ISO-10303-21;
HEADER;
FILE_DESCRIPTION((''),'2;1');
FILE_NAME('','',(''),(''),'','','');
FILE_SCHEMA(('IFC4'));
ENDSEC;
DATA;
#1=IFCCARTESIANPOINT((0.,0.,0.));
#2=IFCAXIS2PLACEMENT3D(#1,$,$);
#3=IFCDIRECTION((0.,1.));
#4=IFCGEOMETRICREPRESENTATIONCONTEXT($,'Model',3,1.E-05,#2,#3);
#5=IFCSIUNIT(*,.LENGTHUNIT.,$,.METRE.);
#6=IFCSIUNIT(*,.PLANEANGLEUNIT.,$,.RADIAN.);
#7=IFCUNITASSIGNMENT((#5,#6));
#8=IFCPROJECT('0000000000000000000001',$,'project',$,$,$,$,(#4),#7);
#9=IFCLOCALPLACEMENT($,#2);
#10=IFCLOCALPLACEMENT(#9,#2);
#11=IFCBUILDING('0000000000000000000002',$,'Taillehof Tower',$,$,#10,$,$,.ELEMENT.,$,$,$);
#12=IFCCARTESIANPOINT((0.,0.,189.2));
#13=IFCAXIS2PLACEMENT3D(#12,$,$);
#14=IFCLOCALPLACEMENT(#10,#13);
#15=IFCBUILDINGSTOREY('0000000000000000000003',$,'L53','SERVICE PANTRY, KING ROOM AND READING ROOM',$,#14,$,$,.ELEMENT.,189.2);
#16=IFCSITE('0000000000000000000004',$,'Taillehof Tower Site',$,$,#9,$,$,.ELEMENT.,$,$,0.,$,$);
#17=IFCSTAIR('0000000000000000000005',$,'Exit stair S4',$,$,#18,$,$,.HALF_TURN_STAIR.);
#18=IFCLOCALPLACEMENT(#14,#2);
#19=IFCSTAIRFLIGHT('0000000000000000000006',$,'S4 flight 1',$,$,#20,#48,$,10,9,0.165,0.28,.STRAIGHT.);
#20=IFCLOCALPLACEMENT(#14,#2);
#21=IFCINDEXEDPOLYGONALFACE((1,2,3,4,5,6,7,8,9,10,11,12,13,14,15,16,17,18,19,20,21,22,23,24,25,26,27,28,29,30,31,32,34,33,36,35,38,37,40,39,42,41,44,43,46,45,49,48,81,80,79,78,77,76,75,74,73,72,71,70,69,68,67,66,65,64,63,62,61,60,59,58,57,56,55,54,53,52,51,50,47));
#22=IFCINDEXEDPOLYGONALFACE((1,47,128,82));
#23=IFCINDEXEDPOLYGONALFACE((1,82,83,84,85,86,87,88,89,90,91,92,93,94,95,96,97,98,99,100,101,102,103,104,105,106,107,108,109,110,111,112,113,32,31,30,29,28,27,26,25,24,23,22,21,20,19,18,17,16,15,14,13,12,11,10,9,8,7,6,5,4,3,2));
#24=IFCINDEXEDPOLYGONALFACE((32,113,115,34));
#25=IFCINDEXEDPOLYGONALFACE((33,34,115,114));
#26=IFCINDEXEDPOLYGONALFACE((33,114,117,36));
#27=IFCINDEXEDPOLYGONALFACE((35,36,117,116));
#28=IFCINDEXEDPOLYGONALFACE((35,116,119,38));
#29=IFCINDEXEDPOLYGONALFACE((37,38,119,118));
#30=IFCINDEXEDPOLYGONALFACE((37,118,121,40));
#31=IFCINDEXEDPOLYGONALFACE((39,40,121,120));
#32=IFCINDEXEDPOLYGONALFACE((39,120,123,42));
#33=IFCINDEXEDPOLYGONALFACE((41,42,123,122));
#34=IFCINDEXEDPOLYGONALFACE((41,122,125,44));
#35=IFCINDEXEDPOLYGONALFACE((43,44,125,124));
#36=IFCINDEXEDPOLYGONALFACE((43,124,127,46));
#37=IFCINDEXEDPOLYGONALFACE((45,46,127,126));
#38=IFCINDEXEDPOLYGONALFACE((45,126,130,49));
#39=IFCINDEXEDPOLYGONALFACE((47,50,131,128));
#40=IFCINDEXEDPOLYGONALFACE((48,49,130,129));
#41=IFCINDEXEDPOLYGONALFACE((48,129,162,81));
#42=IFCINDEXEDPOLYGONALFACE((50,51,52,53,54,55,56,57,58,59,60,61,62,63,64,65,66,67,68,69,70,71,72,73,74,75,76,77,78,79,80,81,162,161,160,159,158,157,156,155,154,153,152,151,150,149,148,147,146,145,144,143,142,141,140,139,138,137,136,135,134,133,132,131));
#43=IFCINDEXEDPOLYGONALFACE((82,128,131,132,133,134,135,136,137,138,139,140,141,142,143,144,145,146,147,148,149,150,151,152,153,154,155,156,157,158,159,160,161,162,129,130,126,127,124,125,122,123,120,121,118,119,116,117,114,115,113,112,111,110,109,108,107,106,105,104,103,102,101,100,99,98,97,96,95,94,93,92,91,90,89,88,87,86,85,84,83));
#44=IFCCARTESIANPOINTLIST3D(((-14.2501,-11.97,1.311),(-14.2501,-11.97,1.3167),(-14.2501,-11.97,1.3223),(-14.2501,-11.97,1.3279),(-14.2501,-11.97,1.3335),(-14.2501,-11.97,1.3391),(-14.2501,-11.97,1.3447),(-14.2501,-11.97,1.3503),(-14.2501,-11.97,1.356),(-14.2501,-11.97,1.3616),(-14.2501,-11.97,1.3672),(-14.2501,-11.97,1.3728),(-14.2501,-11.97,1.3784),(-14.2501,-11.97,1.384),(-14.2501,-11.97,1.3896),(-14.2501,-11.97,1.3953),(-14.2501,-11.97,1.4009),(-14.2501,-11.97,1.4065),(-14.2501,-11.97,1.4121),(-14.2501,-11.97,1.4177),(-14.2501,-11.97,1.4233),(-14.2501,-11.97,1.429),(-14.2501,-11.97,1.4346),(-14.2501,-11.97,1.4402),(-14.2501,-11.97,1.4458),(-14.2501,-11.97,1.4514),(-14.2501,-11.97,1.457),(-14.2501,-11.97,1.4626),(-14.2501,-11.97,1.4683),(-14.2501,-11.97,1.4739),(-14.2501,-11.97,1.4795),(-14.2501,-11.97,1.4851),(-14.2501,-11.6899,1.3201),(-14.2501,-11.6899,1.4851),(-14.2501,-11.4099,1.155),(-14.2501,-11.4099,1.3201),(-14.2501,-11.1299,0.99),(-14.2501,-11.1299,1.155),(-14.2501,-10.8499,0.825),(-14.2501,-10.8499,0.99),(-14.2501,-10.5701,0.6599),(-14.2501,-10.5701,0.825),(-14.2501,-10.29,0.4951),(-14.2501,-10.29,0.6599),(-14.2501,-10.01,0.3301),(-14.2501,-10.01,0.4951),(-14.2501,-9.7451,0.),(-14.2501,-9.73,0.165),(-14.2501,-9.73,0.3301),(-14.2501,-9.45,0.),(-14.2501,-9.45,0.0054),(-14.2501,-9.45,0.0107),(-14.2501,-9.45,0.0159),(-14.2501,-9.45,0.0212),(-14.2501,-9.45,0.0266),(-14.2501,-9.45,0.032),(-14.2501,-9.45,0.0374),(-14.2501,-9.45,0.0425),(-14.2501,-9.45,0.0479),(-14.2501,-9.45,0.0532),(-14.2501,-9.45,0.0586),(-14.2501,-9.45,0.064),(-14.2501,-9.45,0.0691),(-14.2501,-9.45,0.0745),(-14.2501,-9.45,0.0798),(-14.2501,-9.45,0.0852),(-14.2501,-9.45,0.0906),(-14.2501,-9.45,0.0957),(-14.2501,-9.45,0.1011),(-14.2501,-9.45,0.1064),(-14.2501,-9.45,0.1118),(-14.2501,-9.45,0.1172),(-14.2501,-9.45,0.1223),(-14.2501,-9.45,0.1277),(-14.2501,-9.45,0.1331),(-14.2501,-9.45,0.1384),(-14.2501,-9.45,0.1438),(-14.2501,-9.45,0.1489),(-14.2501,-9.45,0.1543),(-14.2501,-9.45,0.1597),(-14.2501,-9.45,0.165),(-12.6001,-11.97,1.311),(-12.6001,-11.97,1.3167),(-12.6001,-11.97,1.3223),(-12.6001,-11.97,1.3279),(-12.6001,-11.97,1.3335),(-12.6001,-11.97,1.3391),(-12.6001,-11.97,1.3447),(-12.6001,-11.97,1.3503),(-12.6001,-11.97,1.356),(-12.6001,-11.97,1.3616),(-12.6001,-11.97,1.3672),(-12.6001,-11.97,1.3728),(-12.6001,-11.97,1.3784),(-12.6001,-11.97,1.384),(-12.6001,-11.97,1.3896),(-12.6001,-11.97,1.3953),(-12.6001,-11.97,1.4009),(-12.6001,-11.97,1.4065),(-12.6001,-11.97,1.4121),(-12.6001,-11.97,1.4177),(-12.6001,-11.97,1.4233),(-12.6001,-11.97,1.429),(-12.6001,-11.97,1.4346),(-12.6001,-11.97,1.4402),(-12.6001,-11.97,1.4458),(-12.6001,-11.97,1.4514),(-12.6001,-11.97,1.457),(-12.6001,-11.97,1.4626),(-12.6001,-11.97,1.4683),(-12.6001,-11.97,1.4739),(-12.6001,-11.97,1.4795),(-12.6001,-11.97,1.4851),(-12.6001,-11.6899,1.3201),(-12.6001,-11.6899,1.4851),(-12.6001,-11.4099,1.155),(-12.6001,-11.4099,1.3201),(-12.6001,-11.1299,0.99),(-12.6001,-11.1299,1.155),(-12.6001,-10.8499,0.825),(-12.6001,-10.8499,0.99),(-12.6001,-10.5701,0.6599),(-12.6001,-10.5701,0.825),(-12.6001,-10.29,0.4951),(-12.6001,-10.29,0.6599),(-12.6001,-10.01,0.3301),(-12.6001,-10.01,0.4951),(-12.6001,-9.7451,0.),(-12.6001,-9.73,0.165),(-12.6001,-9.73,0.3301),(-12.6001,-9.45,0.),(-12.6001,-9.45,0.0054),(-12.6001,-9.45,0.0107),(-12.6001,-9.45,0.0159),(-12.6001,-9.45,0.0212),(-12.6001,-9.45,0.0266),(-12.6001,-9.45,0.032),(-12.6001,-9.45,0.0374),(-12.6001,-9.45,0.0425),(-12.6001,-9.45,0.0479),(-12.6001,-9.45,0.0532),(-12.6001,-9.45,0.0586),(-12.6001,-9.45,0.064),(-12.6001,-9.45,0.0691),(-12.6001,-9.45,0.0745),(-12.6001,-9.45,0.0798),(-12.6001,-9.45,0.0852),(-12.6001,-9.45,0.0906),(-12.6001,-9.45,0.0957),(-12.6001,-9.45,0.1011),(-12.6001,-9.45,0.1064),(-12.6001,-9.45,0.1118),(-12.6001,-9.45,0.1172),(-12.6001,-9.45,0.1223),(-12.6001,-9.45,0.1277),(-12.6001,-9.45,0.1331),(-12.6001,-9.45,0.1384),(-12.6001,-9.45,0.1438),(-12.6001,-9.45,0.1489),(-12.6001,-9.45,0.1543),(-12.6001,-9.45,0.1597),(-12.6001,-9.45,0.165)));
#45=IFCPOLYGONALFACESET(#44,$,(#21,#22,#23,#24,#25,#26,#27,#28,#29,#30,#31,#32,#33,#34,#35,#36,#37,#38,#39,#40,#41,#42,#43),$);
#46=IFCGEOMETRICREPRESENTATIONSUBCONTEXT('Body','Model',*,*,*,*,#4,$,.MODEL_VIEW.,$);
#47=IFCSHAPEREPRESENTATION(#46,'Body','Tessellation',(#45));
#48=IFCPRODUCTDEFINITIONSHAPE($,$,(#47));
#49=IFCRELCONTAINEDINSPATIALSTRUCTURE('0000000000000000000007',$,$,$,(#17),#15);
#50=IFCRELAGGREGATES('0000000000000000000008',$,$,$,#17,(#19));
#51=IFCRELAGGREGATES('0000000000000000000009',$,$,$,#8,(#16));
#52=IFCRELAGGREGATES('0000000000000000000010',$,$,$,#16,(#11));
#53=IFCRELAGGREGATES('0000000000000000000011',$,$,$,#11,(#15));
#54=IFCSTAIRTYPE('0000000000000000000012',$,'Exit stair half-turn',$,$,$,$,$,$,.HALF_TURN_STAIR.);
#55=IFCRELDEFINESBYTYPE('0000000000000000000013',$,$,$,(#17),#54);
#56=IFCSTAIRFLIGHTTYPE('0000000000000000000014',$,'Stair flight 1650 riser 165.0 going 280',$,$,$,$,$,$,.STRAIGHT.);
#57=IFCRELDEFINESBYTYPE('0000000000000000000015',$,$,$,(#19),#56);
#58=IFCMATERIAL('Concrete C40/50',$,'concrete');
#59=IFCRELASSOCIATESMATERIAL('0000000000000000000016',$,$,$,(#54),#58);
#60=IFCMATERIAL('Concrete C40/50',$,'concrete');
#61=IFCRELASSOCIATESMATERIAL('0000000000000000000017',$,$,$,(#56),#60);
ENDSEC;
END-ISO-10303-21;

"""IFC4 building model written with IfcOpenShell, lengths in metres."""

from ifc_helpers import new_model, si_unit, direction, frame, origin, place, context, subcontext, project, spatial, polyline, outline, extrude, material, type_object, element, aggregate, save


model = new_model("IFC4")

# Units and contexts
model_context = context("Model", 3, precision=1e-05, world=origin(), true_north=direction((0.0, 1.0)))
body_context = subcontext(model_context, "Body", "Model", "MODEL_VIEW")
ifc_project = project(units=[si_unit("LENGTHUNIT", "METRE"), si_unit("PLANEANGLEUNIT", "RADIAN")], contexts=[model_context])

# Site, building, storey
site_placement = place(None, origin())
site = spatial("IfcSite", under=ifc_project, at=site_placement, Name="Taillehof Tower Site", CompositionType="ELEMENT", RefElevation=0.0)
building_placement = place(site_placement, origin())
building = spatial("IfcBuilding", under=site, at=building_placement, Name="Taillehof Tower", CompositionType="ELEMENT")
storey_placement = place(building_placement, frame((0.0, 0.0, 189.2)))
storey = spatial("IfcBuildingStorey", under=building, at=storey_placement, Name="L53", Description="SERVICE PANTRY, KING ROOM AND READING ROOM", CompositionType="ELEMENT", Elevation=189.2)

# Stair, stair flight
ifc_material_1 = material(Name="Concrete C40/50", Category="concrete")
stair_type = type_object("IfcStairType", Name="Exit stair half-turn", PredefinedType="HALF_TURN_STAIR", material=ifc_material_1)
stair_placement = place(storey_placement, origin())
stair = element("IfcStair", 1, at=stair_placement, inside=storey, type_object=stair_type, Name="Exit stair S4", PredefinedType="HALF_TURN_STAIR")
ifc_material_2 = material(Name="Concrete C40/50", Category="concrete")
stair_flight_type = type_object("IfcStairFlightType", Name="Stair flight 1650 riser 165.0 going 280", PredefinedType="STRAIGHT", material=ifc_material_2)
stair_flight_placement = place(storey_placement, frame((-13.425, -9.45, 0.0), z_axis=(0.0, 0.0, 1.0), x_axis=(0.0, -1.0, 0.0)))
stair_flight = element("IfcStairFlight", 2, at=stair_flight_placement, type_object=stair_flight_type, Name="S4 flight 1", NumberOfRisers=10, NumberOfTreads=9, PredefinedType="STRAIGHT", RiserHeight=0.165, TreadLength=0.28, context=body_context, shape_type="SweptSolid", body=[
    extrude(outline(polyline([(0.0, 0.0), (0.0, 0.0054), (0.0, 0.0107), (0.0, 0.0159), (0.0, 0.0212), (0.0, 0.0266), (0.0, 0.032), (0.0, 0.0374), (0.0, 0.0425), (0.0, 0.0479), (0.0, 0.0532), (0.0, 0.0586), (0.0, 0.064), (0.0, 0.0691), (0.0, 0.0745), (0.0, 0.0798), (0.0, 0.0852), (0.0, 0.0906), (0.0, 0.0957), (0.0, 0.1011), (0.0, 0.1064), (0.0, 0.1118), (0.0, 0.1172), (0.0, 0.1223), (0.0, 0.1277), (0.0, 0.1331), (0.0, 0.1384), (0.0, 0.1438), (0.0, 0.1489), (0.0, 0.1543), (0.0, 0.1597), (0.0, 0.165), (0.28, 0.165), (0.28, 0.3301), (0.5601, 0.3301), (0.5601, 0.4951), (0.8401, 0.4951), (0.8401, 0.6599), (1.1201, 0.6599), (1.1201, 0.825), (1.3999, 0.825), (1.3999, 0.99), (1.6799, 0.99), (1.6799, 1.155), (1.96, 1.155), (1.96, 1.3201), (2.24, 1.3201), (2.24, 1.4851), (2.52, 1.4851), (2.52, 1.4795), (2.52, 1.4739), (2.52, 1.4683), (2.52, 1.4626), (2.52, 1.457), (2.52, 1.4514), (2.52, 1.4458), (2.52, 1.4402), (2.52, 1.4346), (2.52, 1.429), (2.52, 1.4233), (2.52, 1.4177), (2.52, 1.4121), (2.52, 1.4065), (2.52, 1.4009), (2.52, 1.3953), (2.52, 1.3896), (2.52, 1.384), (2.52, 1.3784), (2.52, 1.3728), (2.52, 1.3672), (2.52, 1.3616), (2.52, 1.356), (2.52, 1.3503), (2.52, 1.3447), (2.52, 1.3391), (2.52, 1.3335), (2.52, 1.3279), (2.52, 1.3223), (2.52, 1.3167), (2.52, 1.311), (0.2952, 0.0), (0.0, 0.0)])), frame((0.0, 0.825, 0.0), z_axis=(0.0, -1.0, 0.0), x_axis=(1.0, 0.0, 0.0)), (0.0, 0.0, 1.0), 1.65),
])
aggregate(stair, [stair_flight])

save(model, "model.ifc")
